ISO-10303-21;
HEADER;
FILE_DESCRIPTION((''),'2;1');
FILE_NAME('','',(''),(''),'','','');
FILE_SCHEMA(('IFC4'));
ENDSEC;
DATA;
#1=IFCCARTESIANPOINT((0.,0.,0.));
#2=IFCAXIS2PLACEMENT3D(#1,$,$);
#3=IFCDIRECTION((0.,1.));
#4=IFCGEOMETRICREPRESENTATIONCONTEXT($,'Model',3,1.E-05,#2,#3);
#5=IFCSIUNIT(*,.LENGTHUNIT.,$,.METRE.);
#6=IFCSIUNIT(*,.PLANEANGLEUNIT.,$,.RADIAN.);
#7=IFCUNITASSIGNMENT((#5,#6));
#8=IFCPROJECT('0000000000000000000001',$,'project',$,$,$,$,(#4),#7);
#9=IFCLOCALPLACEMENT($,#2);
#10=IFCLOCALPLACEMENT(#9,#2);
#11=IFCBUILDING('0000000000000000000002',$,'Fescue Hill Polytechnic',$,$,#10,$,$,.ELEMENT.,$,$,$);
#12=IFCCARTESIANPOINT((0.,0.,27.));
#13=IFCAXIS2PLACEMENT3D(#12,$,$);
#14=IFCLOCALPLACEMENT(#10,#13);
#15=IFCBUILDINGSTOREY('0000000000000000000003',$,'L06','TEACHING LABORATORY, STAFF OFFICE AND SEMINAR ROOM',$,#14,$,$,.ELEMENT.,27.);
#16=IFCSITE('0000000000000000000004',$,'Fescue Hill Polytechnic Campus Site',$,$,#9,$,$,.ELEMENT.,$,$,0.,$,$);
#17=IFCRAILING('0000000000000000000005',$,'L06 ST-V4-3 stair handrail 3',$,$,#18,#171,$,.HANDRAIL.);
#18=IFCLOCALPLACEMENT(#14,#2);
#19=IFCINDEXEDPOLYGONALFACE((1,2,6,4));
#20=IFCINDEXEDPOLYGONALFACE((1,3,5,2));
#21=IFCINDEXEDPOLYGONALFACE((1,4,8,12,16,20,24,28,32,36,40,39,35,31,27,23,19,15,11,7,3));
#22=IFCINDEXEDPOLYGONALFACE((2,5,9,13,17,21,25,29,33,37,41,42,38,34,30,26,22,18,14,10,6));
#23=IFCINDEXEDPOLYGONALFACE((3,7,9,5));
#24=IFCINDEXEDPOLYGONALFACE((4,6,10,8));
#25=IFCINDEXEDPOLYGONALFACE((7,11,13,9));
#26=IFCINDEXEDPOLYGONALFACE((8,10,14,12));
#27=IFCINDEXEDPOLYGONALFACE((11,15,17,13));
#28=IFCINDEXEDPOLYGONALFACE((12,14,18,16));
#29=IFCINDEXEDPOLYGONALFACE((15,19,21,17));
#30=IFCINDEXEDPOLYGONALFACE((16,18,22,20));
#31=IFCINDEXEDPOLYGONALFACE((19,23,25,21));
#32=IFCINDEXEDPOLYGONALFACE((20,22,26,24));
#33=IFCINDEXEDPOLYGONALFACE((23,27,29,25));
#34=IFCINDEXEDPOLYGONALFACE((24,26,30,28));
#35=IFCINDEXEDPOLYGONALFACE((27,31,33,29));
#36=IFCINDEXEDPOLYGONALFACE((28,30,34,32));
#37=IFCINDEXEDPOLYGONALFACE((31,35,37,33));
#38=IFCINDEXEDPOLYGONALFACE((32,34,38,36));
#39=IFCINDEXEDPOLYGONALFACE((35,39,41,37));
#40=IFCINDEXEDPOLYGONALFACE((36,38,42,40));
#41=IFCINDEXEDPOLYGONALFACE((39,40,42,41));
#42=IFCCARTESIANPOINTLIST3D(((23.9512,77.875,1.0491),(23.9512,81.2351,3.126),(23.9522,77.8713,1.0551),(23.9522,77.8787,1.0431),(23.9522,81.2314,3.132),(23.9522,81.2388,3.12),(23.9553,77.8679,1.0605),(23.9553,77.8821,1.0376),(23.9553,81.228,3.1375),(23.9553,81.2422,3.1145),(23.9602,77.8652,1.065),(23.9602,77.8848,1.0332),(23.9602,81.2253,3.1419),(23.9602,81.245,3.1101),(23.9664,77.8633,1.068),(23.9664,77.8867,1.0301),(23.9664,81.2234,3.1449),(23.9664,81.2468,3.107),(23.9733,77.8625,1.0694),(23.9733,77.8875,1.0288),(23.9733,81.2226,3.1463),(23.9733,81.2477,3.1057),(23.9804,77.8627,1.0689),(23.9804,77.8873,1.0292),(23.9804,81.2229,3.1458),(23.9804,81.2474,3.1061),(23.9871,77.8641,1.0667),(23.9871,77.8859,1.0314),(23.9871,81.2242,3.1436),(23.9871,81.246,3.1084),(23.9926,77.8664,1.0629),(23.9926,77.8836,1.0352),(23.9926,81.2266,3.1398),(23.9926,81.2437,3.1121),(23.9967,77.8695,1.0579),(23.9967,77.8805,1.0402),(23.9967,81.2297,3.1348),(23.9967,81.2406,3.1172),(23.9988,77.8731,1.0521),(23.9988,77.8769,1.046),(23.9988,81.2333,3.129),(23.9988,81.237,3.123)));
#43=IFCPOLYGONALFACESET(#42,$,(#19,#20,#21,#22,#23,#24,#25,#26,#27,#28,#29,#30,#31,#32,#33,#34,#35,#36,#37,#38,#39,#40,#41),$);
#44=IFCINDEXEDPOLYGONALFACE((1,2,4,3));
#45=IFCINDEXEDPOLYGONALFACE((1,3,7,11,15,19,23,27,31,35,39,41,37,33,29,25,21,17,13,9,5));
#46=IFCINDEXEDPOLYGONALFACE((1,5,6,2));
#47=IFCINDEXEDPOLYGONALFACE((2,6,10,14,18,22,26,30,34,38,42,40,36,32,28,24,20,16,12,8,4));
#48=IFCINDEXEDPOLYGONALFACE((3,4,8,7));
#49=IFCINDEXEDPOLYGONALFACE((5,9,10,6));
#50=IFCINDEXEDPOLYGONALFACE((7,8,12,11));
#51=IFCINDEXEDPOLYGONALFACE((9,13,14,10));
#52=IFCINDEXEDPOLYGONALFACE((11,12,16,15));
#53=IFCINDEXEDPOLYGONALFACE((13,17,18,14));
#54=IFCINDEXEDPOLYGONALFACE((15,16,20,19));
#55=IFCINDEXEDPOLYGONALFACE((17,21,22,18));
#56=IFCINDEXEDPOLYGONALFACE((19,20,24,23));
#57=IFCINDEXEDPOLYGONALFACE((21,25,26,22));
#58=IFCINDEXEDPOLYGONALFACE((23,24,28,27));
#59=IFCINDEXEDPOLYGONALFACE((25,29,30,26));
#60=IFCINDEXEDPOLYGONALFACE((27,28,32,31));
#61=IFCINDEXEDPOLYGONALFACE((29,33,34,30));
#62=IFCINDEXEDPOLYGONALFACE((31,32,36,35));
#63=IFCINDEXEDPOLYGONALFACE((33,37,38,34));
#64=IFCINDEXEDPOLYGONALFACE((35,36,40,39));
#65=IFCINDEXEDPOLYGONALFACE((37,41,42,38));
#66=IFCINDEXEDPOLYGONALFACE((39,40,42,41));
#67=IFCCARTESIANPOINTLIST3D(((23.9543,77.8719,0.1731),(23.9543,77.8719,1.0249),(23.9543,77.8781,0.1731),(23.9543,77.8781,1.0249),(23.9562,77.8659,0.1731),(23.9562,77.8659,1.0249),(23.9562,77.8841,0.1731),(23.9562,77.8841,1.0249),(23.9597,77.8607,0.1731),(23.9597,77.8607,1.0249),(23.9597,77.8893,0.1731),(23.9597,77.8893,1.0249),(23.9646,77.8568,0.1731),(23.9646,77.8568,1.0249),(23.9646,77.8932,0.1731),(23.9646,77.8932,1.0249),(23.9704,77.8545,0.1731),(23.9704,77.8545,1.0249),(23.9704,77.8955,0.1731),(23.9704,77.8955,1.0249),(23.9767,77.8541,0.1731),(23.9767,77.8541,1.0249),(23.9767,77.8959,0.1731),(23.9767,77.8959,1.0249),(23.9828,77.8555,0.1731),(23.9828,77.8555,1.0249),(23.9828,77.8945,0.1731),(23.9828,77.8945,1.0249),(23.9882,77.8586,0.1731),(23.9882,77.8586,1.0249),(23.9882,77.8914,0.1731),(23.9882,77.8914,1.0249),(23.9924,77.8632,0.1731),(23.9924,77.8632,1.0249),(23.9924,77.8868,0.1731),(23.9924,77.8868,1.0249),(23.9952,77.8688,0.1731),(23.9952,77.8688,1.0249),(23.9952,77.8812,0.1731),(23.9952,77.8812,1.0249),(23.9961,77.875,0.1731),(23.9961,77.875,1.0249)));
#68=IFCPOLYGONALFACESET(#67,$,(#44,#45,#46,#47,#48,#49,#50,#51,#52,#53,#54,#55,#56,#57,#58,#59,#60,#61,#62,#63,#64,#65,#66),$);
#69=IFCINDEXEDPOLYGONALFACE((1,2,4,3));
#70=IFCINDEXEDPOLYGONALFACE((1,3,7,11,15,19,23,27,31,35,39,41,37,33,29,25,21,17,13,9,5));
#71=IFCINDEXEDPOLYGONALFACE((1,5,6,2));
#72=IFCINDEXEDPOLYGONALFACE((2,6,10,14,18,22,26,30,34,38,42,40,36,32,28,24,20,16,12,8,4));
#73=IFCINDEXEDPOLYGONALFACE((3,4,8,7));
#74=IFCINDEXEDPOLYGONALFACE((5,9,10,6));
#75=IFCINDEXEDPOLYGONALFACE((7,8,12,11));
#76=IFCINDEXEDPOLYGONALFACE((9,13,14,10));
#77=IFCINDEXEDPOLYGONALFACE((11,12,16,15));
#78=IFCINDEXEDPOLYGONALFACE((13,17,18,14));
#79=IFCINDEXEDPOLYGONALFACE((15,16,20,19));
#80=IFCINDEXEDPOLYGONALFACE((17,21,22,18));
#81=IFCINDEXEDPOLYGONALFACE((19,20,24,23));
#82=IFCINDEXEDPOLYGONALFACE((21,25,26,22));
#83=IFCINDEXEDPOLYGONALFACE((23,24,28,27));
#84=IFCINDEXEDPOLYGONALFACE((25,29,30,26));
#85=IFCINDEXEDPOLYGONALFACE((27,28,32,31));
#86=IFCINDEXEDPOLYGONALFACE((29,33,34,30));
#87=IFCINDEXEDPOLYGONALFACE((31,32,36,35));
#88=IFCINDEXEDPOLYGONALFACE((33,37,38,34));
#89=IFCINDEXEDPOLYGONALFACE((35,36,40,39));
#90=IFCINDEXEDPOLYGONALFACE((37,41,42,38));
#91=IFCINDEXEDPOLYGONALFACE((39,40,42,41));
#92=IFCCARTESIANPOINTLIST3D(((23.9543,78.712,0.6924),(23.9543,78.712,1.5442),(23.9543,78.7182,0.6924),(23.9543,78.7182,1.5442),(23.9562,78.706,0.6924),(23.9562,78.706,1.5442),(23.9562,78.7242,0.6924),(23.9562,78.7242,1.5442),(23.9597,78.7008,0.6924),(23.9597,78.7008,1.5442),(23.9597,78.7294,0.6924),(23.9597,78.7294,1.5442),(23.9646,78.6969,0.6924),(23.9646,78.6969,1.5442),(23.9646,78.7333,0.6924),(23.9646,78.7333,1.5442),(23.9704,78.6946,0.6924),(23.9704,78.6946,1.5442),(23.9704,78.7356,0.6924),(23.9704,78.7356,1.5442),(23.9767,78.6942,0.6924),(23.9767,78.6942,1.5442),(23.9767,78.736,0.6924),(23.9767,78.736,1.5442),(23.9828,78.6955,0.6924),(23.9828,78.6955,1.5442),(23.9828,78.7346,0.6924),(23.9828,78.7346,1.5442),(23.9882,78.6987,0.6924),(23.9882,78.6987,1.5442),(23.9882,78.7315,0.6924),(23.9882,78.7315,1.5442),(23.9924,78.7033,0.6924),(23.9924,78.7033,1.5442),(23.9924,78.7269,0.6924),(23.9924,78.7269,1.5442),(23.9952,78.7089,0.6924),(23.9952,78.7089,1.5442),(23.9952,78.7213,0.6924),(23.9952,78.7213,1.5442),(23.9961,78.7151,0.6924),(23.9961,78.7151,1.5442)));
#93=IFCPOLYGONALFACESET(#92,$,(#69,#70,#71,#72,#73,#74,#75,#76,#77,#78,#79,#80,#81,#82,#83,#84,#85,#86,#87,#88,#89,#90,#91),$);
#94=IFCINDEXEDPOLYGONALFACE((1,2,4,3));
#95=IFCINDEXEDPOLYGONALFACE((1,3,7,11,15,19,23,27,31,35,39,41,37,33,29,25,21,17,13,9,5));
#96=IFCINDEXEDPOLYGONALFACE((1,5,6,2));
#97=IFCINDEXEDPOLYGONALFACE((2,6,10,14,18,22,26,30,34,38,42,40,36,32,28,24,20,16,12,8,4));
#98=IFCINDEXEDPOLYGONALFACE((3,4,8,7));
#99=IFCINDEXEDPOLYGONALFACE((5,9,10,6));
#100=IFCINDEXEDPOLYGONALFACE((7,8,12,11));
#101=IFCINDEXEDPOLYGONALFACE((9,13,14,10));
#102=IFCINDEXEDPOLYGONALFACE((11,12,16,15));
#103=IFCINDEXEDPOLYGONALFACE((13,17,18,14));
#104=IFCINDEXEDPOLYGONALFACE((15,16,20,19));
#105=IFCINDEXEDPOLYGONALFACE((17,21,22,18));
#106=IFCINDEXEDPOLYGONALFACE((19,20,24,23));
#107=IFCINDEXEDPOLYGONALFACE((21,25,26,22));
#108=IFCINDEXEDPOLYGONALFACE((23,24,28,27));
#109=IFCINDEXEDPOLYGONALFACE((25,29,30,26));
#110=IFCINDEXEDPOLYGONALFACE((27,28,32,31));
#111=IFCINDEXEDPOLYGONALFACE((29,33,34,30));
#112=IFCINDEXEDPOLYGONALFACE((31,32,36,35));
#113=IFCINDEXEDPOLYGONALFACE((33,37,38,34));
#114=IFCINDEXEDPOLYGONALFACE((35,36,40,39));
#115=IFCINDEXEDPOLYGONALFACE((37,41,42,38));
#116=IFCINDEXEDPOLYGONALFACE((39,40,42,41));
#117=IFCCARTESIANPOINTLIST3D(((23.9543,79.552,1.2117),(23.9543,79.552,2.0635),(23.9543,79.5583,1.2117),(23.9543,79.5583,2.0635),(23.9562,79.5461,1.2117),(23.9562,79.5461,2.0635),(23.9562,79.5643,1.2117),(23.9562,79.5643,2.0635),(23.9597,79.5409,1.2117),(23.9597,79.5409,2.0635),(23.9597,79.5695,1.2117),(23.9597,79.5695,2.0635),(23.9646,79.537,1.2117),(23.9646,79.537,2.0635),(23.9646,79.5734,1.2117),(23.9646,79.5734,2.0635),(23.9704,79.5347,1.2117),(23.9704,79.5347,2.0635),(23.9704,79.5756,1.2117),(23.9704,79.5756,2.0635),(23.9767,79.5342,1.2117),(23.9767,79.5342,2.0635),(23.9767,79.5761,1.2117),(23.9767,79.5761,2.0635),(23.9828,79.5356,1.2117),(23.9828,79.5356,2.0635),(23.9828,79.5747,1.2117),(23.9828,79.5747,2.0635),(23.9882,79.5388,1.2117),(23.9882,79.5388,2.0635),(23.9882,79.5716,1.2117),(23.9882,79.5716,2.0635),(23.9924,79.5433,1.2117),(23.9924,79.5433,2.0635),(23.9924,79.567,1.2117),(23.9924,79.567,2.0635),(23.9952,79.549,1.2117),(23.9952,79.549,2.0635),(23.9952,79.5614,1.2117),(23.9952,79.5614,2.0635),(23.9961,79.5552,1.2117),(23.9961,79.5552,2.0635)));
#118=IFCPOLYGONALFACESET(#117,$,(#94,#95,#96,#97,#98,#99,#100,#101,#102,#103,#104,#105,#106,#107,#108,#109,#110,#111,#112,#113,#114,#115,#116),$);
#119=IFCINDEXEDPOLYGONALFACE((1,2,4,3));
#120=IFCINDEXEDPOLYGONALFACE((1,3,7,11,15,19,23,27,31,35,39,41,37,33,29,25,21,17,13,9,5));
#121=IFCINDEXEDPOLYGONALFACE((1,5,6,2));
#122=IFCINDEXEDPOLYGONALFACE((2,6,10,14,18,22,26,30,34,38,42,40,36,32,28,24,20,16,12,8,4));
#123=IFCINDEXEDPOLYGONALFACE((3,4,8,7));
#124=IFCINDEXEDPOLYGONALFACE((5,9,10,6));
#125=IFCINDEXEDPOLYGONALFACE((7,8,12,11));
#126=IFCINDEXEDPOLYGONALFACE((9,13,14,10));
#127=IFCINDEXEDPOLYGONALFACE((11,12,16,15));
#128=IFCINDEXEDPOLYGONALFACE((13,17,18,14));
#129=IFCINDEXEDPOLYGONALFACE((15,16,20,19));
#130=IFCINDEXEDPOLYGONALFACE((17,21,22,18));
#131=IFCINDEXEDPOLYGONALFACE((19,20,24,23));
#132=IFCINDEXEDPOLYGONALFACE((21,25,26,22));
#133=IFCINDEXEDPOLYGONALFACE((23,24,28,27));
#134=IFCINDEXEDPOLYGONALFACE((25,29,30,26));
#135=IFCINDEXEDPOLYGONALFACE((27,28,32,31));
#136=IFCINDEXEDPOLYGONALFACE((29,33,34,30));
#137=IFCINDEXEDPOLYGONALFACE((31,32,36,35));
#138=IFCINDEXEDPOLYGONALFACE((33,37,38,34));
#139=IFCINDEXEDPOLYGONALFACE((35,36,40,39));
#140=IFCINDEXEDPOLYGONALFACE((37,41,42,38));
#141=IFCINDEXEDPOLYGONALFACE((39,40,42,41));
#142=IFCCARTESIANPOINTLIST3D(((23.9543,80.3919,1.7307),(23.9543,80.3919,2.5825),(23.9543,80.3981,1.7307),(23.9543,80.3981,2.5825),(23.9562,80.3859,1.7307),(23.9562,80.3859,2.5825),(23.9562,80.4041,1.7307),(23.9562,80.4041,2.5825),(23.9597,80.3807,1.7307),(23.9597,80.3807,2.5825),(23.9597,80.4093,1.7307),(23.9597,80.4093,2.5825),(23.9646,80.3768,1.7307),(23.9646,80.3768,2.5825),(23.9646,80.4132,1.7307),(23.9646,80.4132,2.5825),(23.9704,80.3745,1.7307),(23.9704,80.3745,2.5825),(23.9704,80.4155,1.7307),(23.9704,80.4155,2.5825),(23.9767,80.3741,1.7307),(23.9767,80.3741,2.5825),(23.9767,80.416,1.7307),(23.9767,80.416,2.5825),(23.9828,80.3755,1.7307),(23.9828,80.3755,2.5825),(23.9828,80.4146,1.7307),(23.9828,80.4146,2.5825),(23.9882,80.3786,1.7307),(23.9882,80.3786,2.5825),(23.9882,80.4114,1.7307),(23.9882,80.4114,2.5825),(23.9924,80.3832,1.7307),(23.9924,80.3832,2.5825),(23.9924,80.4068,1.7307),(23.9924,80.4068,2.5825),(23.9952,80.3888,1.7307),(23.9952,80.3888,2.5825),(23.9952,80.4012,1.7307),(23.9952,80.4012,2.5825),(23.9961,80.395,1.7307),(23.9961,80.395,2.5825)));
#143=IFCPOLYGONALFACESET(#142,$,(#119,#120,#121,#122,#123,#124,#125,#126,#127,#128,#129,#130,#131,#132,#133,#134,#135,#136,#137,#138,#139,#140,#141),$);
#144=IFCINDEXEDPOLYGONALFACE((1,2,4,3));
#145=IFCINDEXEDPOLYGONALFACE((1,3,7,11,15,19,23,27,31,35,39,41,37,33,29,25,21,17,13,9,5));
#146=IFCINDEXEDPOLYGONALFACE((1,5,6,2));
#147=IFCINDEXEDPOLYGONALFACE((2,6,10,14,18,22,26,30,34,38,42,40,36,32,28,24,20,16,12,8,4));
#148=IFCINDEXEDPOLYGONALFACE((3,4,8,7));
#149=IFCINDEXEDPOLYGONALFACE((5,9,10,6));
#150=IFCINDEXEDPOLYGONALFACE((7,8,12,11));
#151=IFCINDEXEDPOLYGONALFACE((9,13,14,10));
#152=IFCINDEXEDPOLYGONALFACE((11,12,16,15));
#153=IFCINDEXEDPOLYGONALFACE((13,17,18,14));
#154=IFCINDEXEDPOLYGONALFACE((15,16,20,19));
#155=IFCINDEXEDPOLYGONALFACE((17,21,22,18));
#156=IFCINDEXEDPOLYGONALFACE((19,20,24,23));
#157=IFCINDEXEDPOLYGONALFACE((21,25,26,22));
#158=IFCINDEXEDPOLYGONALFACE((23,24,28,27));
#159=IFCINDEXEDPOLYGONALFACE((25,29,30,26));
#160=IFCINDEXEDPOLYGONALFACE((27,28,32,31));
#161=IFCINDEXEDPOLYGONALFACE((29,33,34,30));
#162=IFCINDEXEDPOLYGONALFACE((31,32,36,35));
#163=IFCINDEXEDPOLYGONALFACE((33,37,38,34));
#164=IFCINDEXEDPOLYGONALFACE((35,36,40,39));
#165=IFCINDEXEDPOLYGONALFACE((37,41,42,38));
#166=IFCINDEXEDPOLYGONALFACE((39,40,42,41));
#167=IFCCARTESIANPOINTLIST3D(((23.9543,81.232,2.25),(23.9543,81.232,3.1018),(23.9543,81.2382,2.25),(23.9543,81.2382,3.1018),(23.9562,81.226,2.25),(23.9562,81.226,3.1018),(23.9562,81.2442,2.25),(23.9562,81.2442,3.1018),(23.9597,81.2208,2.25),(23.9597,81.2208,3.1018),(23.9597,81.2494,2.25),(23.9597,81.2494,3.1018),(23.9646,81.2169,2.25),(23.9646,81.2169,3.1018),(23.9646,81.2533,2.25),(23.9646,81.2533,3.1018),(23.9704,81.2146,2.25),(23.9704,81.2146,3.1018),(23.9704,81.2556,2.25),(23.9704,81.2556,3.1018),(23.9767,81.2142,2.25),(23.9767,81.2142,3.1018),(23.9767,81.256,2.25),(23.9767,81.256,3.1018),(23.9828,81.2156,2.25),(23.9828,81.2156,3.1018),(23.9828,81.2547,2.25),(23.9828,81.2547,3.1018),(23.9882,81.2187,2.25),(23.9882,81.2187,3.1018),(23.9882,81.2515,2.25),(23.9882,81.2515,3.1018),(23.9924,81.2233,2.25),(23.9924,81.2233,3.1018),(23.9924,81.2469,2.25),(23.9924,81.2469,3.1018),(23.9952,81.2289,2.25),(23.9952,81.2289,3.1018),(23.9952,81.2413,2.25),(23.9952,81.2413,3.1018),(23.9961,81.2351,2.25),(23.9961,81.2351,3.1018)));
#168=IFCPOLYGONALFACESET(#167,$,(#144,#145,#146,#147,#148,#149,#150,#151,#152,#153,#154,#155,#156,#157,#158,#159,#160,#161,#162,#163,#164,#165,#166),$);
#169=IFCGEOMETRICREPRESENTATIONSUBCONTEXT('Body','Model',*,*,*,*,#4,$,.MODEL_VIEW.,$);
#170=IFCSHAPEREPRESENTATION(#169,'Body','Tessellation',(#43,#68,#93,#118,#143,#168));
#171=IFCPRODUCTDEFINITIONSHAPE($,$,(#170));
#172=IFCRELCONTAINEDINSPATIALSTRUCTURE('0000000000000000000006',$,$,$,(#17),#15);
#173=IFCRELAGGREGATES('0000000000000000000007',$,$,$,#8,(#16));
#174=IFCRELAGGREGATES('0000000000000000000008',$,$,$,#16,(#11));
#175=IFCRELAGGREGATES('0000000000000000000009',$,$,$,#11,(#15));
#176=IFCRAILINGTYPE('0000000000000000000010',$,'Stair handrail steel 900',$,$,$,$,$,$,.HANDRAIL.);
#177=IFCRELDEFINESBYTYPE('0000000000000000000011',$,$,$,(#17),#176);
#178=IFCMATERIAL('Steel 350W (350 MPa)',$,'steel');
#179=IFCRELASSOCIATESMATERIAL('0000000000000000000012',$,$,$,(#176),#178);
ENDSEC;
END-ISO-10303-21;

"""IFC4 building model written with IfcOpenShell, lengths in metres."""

from ifc_helpers import new_model, si_unit, direction, frame, origin, origin_2d, place, context, subcontext, project, spatial, circle, extrude, material, type_object, element, save


model = new_model("IFC4")

# Units and contexts
model_context = context("Model", 3, precision=1e-05, world=origin(), true_north=direction((0.0, 1.0)))
body_context = subcontext(model_context, "Body", "Model", "MODEL_VIEW")
ifc_project = project(units=[si_unit("LENGTHUNIT", "METRE"), si_unit("PLANEANGLEUNIT", "RADIAN")], contexts=[model_context])

# Site, building, storey
site_placement = place(None, origin())
site = spatial("IfcSite", under=ifc_project, at=site_placement, Name="Fescue Hill Polytechnic Campus Site", CompositionType="ELEMENT", RefElevation=0.0)
building_placement = place(site_placement, origin())
building = spatial("IfcBuilding", under=site, at=building_placement, Name="Fescue Hill Polytechnic", CompositionType="ELEMENT")
storey_placement = place(building_placement, frame((0.0, 0.0, 27.0)))
storey = spatial("IfcBuildingStorey", under=building, at=storey_placement, Name="L06", Description="TEACHING LABORATORY, STAFF OFFICE AND SEMINAR ROOM", CompositionType="ELEMENT", Elevation=27.0)

# Railing
ifc_material_1 = material(Name="Steel 350W (350 MPa)", Category="steel")
railing_type_1 = type_object("IfcRailingType", Name="Stair handrail steel 900", PredefinedType="HANDRAIL", material=ifc_material_1)
railing_1_placement = place(storey_placement, frame((23.9751, 77.875, 0.1731)))
element("IfcRailing", 1, at=railing_1_placement, inside=storey, type_object=railing_type_1, Name="L06 ST-V4-3 stair handrail 3", PredefinedType="HANDRAIL", context=body_context, shape_type="SweptSolid", body=[
    extrude(circle(Radius=0.0239, at=origin_2d()), frame((0.0, 0.0, 0.876), z_axis=(0.0, 0.850623, 0.525776), x_axis=(-1.0, 0.0, 0.0)), (0.0, 0.0, 1.0), 3.9502),
    extrude(circle(Radius=0.021, at=origin_2d()), origin(), (0.0, 0.0, 1.0), 0.8518),
    extrude(circle(Radius=0.021, at=origin_2d()), frame((0.0, 0.8401, 0.5193)), (0.0, 0.0, 1.0), 0.8518),
    extrude(circle(Radius=0.021, at=origin_2d()), frame((0.0, 1.6802, 1.0386)), (0.0, 0.0, 1.0), 0.8518),
    extrude(circle(Radius=0.021, at=origin_2d()), frame((0.0, 2.52, 1.5576)), (0.0, 0.0, 1.0), 0.8518),
    extrude(circle(Radius=0.021, at=origin_2d()), frame((0.0, 3.3601, 2.0769)), (0.0, 0.0, 1.0), 0.8518),
])

save(model, "model.ifc")
